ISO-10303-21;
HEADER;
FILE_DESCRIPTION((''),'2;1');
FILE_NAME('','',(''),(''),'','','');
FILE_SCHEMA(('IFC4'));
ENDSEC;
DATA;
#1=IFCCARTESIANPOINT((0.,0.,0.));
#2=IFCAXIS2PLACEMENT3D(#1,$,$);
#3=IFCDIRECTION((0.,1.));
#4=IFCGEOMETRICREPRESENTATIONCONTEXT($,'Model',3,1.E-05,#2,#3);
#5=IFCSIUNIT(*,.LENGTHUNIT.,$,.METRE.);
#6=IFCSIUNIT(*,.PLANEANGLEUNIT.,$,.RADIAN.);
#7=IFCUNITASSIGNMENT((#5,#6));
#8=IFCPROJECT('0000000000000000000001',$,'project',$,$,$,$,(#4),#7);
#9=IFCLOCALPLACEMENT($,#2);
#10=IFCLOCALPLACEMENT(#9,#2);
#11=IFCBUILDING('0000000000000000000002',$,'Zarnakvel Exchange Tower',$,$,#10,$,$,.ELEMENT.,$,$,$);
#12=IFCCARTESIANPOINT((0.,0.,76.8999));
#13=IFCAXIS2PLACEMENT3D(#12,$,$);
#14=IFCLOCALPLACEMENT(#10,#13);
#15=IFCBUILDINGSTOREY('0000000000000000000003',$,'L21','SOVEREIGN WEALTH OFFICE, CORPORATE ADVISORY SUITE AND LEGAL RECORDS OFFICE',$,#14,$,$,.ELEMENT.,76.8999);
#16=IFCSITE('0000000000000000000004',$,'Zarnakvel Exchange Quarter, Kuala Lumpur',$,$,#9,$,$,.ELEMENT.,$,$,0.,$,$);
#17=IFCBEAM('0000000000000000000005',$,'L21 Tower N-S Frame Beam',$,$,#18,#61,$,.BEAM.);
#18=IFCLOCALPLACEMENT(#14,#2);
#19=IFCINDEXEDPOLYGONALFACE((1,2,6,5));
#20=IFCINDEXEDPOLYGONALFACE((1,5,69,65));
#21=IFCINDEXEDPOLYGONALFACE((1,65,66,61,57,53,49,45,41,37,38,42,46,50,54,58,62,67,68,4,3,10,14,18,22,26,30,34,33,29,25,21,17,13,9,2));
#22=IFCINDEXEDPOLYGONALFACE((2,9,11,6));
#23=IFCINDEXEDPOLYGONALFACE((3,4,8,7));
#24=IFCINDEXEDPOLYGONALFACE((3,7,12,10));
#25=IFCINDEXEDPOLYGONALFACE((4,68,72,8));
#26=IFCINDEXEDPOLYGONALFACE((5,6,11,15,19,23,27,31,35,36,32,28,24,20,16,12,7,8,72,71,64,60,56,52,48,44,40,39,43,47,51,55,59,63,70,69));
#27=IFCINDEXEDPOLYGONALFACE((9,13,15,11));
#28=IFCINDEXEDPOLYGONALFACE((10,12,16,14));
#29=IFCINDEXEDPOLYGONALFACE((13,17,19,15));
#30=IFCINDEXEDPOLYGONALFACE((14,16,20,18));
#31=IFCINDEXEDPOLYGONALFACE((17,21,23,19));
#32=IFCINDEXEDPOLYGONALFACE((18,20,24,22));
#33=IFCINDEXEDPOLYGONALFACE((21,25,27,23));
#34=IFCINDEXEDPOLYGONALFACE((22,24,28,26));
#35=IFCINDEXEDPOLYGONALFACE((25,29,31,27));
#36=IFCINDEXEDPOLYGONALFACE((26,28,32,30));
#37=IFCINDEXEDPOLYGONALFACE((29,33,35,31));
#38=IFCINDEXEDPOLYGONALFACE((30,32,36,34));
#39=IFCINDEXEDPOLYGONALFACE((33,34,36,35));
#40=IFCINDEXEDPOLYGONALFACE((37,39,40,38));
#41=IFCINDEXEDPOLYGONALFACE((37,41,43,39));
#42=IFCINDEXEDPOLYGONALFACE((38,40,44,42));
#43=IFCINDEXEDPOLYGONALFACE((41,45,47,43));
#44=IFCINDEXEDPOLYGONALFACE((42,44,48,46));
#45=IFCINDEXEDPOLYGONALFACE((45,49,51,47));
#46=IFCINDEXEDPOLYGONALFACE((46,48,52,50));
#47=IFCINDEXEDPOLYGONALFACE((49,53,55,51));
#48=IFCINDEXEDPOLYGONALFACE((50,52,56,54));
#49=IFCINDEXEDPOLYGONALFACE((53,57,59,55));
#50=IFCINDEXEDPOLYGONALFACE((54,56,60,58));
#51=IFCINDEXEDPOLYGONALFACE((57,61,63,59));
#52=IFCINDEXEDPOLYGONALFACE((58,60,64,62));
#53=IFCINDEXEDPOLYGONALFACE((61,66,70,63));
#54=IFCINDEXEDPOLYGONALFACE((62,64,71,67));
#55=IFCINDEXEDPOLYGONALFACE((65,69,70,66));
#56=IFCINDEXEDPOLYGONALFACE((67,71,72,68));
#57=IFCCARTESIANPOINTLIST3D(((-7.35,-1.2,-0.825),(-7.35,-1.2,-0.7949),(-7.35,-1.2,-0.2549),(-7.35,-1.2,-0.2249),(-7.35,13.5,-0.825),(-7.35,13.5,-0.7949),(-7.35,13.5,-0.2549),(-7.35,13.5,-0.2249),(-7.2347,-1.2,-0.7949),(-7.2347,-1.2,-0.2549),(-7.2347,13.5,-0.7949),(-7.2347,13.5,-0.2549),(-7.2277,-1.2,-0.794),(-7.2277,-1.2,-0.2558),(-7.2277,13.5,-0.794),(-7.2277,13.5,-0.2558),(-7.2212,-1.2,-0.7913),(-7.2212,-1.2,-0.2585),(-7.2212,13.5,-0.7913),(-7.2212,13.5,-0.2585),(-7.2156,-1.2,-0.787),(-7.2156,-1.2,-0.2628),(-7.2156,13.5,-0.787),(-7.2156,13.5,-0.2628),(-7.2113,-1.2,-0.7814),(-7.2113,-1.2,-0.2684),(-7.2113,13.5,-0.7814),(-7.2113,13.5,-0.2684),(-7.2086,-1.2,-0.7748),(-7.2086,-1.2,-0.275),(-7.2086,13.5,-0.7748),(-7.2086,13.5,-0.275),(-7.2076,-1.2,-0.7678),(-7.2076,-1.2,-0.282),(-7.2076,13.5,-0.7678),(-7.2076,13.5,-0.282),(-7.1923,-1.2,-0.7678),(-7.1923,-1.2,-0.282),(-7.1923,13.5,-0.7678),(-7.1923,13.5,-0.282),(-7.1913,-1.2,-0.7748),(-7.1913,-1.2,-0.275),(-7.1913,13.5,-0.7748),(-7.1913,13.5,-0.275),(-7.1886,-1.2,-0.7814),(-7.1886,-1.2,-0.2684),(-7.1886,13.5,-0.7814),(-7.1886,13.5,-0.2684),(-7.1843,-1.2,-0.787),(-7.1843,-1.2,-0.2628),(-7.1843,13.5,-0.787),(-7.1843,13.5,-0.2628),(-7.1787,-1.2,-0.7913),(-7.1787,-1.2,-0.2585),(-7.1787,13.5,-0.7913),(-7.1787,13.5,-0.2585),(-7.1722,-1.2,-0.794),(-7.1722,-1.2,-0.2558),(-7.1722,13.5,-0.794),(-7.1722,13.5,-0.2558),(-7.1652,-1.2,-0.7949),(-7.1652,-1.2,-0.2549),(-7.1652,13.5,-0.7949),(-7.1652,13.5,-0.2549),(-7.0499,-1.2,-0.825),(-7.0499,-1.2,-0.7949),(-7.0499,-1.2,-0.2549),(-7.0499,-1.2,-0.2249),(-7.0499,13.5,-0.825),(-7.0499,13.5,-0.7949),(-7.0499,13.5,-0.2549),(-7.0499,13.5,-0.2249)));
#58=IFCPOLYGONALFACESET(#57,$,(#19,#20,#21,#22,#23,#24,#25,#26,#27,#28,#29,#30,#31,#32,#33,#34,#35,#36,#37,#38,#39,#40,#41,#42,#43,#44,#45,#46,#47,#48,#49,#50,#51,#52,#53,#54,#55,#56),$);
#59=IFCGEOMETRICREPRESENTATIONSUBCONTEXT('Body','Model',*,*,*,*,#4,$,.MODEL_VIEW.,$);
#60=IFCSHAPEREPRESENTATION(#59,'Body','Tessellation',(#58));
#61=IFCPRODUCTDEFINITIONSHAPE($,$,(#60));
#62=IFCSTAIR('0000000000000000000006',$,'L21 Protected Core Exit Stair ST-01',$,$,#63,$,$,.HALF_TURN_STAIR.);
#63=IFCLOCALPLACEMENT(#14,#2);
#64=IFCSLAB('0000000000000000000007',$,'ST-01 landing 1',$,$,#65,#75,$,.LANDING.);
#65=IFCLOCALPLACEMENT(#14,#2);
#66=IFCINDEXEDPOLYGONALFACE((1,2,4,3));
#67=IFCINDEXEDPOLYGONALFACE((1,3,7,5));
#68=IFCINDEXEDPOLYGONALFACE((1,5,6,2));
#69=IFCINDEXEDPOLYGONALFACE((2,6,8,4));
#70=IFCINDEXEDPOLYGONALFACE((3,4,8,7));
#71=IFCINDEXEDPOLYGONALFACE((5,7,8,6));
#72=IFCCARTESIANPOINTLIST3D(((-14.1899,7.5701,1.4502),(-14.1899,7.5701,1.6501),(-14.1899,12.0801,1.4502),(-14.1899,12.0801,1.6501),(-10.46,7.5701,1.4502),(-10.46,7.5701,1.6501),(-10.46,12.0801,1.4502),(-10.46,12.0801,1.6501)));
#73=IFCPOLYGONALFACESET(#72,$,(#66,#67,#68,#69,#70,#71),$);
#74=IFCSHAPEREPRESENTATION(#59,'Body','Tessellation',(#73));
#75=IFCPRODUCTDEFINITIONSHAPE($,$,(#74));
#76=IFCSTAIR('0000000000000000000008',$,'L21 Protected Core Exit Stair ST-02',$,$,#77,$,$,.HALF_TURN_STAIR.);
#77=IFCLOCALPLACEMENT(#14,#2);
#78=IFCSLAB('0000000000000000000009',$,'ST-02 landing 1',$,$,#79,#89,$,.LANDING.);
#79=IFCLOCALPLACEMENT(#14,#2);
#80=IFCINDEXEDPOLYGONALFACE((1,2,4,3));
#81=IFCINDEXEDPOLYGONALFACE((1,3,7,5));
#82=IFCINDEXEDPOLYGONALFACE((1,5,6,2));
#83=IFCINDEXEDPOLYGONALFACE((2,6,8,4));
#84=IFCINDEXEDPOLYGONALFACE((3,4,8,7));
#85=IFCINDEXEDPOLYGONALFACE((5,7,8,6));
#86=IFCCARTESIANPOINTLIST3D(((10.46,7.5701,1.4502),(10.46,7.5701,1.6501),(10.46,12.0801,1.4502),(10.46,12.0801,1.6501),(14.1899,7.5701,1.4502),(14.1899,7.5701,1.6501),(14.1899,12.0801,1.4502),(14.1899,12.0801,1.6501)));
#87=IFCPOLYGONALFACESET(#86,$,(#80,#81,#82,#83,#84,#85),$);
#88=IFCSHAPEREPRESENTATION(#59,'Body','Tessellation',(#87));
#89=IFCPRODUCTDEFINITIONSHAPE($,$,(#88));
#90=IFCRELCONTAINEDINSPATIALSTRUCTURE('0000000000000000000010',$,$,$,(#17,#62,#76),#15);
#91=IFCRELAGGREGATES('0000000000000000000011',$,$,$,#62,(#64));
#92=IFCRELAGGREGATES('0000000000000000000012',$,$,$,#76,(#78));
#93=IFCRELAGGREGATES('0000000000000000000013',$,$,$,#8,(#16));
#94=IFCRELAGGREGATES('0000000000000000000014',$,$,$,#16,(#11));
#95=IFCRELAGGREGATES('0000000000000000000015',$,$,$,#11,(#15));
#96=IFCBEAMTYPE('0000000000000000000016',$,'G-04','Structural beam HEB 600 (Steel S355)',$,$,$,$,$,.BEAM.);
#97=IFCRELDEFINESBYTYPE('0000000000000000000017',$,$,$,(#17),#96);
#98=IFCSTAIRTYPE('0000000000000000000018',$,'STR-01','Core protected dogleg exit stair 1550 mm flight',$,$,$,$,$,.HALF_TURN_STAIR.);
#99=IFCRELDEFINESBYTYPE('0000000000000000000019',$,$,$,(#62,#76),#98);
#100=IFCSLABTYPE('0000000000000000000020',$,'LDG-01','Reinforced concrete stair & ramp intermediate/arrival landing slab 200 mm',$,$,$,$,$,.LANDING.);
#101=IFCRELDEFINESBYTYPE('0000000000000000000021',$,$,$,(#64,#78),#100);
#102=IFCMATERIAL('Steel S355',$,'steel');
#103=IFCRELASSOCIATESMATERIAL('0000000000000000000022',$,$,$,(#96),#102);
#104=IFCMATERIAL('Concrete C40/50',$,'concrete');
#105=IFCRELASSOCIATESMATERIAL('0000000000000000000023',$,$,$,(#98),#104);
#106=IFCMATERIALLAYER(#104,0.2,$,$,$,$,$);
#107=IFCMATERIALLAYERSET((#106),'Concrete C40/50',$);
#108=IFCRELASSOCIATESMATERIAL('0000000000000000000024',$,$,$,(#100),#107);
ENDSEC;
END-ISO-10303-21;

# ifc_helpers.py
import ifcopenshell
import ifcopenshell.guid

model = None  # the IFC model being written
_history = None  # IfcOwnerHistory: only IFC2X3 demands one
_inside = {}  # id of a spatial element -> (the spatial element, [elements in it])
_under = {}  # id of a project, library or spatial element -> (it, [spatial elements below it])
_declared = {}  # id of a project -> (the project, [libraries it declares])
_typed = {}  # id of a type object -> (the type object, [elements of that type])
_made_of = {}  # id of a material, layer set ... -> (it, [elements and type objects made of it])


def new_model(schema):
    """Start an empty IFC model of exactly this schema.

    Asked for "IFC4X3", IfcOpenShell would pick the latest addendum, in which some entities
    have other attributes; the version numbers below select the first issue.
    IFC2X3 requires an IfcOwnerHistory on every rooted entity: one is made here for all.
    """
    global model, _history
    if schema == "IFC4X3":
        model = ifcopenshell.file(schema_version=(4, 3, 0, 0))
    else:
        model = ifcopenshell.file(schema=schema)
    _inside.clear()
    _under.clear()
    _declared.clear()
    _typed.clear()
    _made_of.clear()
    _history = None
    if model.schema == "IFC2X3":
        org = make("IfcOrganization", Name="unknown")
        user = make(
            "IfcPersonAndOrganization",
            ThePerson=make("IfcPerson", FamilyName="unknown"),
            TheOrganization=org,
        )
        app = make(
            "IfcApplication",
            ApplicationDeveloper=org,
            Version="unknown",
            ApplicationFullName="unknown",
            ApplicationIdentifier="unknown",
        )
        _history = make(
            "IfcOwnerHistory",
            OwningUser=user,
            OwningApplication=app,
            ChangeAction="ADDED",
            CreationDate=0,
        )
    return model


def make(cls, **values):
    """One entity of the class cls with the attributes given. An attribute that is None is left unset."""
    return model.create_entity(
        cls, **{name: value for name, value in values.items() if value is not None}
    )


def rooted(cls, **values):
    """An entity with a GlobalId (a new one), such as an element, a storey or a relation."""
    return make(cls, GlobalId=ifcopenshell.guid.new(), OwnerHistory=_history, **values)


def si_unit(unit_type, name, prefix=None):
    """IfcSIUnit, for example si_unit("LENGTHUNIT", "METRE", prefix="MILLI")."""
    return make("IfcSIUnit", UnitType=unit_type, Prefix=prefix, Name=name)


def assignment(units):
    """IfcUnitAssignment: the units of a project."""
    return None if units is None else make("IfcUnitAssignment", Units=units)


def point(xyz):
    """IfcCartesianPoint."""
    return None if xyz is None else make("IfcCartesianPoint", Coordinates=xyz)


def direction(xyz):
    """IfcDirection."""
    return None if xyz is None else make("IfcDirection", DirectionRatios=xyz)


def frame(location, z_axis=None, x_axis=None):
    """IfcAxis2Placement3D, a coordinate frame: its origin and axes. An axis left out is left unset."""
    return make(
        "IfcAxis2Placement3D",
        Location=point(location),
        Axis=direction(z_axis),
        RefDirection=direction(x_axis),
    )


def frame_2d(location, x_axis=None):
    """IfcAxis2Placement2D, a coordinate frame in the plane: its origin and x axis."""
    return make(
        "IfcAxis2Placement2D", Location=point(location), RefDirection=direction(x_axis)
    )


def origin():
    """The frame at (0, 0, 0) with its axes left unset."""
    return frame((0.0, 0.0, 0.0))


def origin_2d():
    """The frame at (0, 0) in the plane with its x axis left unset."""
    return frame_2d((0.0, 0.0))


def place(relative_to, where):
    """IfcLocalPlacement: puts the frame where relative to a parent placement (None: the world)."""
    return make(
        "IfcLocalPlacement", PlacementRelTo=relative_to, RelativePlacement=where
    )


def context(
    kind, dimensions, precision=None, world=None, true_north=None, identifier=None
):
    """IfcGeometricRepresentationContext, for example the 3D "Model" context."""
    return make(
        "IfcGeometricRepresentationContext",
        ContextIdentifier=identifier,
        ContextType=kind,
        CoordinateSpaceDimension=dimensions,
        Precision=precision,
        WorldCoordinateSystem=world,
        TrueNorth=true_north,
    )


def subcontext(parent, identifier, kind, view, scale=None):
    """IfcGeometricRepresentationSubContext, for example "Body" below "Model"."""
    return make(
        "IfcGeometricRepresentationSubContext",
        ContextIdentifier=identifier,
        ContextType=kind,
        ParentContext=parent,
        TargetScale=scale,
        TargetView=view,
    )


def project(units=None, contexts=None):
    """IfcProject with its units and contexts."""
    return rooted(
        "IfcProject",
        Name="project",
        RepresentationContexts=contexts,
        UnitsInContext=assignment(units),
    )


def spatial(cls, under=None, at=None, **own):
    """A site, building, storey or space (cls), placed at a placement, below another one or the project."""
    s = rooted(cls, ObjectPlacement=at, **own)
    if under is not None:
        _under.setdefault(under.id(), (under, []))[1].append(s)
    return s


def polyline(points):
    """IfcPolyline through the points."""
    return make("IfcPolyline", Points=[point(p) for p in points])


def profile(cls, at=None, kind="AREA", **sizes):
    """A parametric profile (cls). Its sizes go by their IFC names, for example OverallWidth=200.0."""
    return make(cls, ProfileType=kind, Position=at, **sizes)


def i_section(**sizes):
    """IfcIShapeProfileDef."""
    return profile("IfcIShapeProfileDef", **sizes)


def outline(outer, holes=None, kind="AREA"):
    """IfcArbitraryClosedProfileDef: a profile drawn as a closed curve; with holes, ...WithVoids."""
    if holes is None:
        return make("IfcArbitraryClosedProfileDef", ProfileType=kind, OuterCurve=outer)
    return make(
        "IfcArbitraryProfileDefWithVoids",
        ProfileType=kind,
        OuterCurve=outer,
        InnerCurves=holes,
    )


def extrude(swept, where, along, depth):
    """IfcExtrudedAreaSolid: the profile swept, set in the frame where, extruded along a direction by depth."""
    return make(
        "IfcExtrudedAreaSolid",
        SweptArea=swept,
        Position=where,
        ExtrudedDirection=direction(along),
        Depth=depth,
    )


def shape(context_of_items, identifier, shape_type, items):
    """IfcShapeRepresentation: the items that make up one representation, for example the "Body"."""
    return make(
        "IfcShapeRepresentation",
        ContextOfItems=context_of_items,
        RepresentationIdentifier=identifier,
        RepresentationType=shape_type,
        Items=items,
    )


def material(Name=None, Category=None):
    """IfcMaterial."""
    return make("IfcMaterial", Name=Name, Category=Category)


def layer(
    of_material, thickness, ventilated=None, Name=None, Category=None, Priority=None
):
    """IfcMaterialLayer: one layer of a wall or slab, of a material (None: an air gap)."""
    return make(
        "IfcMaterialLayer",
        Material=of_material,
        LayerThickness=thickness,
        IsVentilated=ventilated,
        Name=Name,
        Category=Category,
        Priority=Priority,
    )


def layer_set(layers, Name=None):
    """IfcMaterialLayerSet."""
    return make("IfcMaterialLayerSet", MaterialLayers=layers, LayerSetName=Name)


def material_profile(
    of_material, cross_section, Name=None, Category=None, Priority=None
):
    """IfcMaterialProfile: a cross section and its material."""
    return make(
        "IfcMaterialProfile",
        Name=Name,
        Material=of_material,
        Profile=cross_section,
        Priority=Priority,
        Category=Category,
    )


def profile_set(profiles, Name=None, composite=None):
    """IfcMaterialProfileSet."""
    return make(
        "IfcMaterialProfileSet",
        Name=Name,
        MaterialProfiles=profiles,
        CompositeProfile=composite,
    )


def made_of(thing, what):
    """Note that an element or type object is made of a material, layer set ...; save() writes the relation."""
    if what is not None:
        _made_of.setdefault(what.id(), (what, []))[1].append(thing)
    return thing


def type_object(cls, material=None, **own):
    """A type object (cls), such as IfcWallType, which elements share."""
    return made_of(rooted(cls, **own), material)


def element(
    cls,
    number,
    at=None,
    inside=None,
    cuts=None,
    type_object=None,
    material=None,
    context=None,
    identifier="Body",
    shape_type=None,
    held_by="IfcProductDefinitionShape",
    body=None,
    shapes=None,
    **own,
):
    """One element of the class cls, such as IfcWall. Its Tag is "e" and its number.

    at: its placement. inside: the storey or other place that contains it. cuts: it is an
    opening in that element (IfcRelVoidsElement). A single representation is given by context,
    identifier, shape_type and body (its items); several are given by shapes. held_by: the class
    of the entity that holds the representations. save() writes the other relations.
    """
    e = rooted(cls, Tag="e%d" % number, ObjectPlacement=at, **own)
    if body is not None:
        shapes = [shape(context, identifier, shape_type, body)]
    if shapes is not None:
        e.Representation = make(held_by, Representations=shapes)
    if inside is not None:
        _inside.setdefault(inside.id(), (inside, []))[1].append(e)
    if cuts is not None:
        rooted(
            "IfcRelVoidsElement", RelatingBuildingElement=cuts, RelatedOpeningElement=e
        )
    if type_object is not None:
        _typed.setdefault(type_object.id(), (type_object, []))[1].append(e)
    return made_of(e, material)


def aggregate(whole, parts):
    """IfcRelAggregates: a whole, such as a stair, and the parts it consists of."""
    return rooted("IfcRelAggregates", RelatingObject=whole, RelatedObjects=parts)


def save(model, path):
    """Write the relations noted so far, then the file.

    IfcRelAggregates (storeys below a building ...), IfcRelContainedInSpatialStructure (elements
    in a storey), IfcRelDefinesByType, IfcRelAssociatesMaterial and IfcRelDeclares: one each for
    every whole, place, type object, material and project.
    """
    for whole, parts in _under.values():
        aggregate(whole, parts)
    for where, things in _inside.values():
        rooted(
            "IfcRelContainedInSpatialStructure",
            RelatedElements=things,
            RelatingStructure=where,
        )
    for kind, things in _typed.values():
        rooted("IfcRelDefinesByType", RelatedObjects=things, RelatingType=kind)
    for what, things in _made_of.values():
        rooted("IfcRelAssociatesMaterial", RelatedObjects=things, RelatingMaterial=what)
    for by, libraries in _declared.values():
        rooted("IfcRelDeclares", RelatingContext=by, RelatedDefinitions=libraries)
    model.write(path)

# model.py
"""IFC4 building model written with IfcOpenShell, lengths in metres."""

from ifc_helpers import new_model, si_unit, direction, frame, origin, origin_2d, place, context, subcontext, project, spatial, polyline, i_section, outline, extrude, material, layer, layer_set, material_profile, profile_set, type_object, element, aggregate, save


model = new_model("IFC4")

# Units and contexts
model_context = context("Model", 3, precision=1e-05, world=origin(), true_north=direction((0.0, 1.0)))
body_context = subcontext(model_context, "Body", "Model", "MODEL_VIEW")
ifc_project = project(units=[si_unit("LENGTHUNIT", "METRE"), si_unit("PLANEANGLEUNIT", "RADIAN")], contexts=[model_context])

# Site, building, storey
site_placement = place(None, origin())
site = spatial("IfcSite", under=ifc_project, at=site_placement, Name="Zarnakvel Exchange Quarter, Kuala Lumpur", CompositionType="ELEMENT", RefElevation=0.0)
building_placement = place(site_placement, origin())
building = spatial("IfcBuilding", under=site, at=building_placement, Name="Zarnakvel Exchange Tower", CompositionType="ELEMENT")
storey_placement = place(building_placement, frame((0.0, 0.0, 76.8999)))
storey = spatial("IfcBuildingStorey", under=building, at=storey_placement, Name="L21", Description="SOVEREIGN WEALTH OFFICE, CORPORATE ADVISORY SUITE AND LEGAL RECORDS OFFICE", CompositionType="ELEMENT", Elevation=76.8999)

# Beam
ifc_material_1 = material(Name="Steel S355", Category="steel")
ifc_material_profile_1 = material_profile(ifc_material_1, i_section(OverallWidth=0.3, OverallDepth=0.6001, WebThickness=0.0154, FlangeThickness=0.03, FilletRadius=0.0271, at=origin_2d()))
ifc_profile_set_1 = profile_set([ifc_material_profile_1], Name="Steel S355")
beam_type_1 = type_object("IfcBeamType", Name="G-04", Description="Structural beam HEB 600 (Steel S355)", PredefinedType="BEAM", material=ifc_profile_set_1)
beam_1_placement = place(storey_placement, frame((-7.2, -1.2, -0.5249), z_axis=(0.0, 1.0, 0.0), x_axis=(-1.0, 0.0, 0.0)))
element("IfcBeam", 1, at=beam_1_placement, inside=storey, type_object=beam_type_1, Name="L21 Tower N-S Frame Beam", PredefinedType="BEAM", context=body_context, shape_type="SweptSolid", body=[
    extrude(i_section(OverallWidth=0.3, OverallDepth=0.6001, WebThickness=0.0154, FlangeThickness=0.03, FilletRadius=0.0271, at=origin_2d()), origin(), (0.0, 0.0, 1.0), 14.7),
])

# Stairs, slabs
ifc_material_2 = material(Name="Concrete C40/50", Category="concrete")
stair_type = type_object("IfcStairType", Name="STR-01", Description="Core protected dogleg exit stair 1550 mm flight", PredefinedType="HALF_TURN_STAIR", material=ifc_material_2)
stair_1_placement = place(storey_placement, origin())
stair_1 = element("IfcStair", 2, at=stair_1_placement, inside=storey, type_object=stair_type, Name="L21 Protected Core Exit Stair ST-01", PredefinedType="HALF_TURN_STAIR")
ifc_layer_1 = layer(ifc_material_2, 0.2)
ifc_layer_set_1 = layer_set([ifc_layer_1], Name="Concrete C40/50")
slab_type_1 = type_object("IfcSlabType", Name="LDG-01", Description="Reinforced concrete stair & ramp intermediate/arrival landing slab 200 mm", PredefinedType="LANDING", material=ifc_layer_set_1)
slab_1_placement = place(storey_placement, frame((0.0, 0.0, 1.4502)))
slab_1 = element("IfcSlab", 3, at=slab_1_placement, type_object=slab_type_1, Name="ST-01 landing 1", PredefinedType="LANDING", context=body_context, shape_type="SweptSolid", body=[
    extrude(outline(polyline([(-14.1899, 7.5701), (-10.46, 7.5701), (-10.46, 12.0801), (-14.1899, 12.0801), (-14.1899, 7.5701)])), origin(), (0.0, 0.0, 1.0), 0.2),
])
aggregate(stair_1, [slab_1])
stair_2_placement = place(storey_placement, origin())
stair_2 = element("IfcStair", 4, at=stair_2_placement, inside=storey, type_object=stair_type, Name="L21 Protected Core Exit Stair ST-02", PredefinedType="HALF_TURN_STAIR")
slab_2_placement = place(storey_placement, frame((0.0, 0.0, 1.4502)))
slab_2 = element("IfcSlab", 5, at=slab_2_placement, type_object=slab_type_1, Name="ST-02 landing 1", PredefinedType="LANDING", context=body_context, shape_type="SweptSolid", body=[
    extrude(outline(polyline([(10.46, 7.5701), (14.1899, 7.5701), (14.1899, 12.0801), (10.46, 12.0801), (10.46, 7.5701)])), origin(), (0.0, 0.0, 1.0), 0.2),
])
aggregate(stair_2, [slab_2])

save(model, "model.ifc")
